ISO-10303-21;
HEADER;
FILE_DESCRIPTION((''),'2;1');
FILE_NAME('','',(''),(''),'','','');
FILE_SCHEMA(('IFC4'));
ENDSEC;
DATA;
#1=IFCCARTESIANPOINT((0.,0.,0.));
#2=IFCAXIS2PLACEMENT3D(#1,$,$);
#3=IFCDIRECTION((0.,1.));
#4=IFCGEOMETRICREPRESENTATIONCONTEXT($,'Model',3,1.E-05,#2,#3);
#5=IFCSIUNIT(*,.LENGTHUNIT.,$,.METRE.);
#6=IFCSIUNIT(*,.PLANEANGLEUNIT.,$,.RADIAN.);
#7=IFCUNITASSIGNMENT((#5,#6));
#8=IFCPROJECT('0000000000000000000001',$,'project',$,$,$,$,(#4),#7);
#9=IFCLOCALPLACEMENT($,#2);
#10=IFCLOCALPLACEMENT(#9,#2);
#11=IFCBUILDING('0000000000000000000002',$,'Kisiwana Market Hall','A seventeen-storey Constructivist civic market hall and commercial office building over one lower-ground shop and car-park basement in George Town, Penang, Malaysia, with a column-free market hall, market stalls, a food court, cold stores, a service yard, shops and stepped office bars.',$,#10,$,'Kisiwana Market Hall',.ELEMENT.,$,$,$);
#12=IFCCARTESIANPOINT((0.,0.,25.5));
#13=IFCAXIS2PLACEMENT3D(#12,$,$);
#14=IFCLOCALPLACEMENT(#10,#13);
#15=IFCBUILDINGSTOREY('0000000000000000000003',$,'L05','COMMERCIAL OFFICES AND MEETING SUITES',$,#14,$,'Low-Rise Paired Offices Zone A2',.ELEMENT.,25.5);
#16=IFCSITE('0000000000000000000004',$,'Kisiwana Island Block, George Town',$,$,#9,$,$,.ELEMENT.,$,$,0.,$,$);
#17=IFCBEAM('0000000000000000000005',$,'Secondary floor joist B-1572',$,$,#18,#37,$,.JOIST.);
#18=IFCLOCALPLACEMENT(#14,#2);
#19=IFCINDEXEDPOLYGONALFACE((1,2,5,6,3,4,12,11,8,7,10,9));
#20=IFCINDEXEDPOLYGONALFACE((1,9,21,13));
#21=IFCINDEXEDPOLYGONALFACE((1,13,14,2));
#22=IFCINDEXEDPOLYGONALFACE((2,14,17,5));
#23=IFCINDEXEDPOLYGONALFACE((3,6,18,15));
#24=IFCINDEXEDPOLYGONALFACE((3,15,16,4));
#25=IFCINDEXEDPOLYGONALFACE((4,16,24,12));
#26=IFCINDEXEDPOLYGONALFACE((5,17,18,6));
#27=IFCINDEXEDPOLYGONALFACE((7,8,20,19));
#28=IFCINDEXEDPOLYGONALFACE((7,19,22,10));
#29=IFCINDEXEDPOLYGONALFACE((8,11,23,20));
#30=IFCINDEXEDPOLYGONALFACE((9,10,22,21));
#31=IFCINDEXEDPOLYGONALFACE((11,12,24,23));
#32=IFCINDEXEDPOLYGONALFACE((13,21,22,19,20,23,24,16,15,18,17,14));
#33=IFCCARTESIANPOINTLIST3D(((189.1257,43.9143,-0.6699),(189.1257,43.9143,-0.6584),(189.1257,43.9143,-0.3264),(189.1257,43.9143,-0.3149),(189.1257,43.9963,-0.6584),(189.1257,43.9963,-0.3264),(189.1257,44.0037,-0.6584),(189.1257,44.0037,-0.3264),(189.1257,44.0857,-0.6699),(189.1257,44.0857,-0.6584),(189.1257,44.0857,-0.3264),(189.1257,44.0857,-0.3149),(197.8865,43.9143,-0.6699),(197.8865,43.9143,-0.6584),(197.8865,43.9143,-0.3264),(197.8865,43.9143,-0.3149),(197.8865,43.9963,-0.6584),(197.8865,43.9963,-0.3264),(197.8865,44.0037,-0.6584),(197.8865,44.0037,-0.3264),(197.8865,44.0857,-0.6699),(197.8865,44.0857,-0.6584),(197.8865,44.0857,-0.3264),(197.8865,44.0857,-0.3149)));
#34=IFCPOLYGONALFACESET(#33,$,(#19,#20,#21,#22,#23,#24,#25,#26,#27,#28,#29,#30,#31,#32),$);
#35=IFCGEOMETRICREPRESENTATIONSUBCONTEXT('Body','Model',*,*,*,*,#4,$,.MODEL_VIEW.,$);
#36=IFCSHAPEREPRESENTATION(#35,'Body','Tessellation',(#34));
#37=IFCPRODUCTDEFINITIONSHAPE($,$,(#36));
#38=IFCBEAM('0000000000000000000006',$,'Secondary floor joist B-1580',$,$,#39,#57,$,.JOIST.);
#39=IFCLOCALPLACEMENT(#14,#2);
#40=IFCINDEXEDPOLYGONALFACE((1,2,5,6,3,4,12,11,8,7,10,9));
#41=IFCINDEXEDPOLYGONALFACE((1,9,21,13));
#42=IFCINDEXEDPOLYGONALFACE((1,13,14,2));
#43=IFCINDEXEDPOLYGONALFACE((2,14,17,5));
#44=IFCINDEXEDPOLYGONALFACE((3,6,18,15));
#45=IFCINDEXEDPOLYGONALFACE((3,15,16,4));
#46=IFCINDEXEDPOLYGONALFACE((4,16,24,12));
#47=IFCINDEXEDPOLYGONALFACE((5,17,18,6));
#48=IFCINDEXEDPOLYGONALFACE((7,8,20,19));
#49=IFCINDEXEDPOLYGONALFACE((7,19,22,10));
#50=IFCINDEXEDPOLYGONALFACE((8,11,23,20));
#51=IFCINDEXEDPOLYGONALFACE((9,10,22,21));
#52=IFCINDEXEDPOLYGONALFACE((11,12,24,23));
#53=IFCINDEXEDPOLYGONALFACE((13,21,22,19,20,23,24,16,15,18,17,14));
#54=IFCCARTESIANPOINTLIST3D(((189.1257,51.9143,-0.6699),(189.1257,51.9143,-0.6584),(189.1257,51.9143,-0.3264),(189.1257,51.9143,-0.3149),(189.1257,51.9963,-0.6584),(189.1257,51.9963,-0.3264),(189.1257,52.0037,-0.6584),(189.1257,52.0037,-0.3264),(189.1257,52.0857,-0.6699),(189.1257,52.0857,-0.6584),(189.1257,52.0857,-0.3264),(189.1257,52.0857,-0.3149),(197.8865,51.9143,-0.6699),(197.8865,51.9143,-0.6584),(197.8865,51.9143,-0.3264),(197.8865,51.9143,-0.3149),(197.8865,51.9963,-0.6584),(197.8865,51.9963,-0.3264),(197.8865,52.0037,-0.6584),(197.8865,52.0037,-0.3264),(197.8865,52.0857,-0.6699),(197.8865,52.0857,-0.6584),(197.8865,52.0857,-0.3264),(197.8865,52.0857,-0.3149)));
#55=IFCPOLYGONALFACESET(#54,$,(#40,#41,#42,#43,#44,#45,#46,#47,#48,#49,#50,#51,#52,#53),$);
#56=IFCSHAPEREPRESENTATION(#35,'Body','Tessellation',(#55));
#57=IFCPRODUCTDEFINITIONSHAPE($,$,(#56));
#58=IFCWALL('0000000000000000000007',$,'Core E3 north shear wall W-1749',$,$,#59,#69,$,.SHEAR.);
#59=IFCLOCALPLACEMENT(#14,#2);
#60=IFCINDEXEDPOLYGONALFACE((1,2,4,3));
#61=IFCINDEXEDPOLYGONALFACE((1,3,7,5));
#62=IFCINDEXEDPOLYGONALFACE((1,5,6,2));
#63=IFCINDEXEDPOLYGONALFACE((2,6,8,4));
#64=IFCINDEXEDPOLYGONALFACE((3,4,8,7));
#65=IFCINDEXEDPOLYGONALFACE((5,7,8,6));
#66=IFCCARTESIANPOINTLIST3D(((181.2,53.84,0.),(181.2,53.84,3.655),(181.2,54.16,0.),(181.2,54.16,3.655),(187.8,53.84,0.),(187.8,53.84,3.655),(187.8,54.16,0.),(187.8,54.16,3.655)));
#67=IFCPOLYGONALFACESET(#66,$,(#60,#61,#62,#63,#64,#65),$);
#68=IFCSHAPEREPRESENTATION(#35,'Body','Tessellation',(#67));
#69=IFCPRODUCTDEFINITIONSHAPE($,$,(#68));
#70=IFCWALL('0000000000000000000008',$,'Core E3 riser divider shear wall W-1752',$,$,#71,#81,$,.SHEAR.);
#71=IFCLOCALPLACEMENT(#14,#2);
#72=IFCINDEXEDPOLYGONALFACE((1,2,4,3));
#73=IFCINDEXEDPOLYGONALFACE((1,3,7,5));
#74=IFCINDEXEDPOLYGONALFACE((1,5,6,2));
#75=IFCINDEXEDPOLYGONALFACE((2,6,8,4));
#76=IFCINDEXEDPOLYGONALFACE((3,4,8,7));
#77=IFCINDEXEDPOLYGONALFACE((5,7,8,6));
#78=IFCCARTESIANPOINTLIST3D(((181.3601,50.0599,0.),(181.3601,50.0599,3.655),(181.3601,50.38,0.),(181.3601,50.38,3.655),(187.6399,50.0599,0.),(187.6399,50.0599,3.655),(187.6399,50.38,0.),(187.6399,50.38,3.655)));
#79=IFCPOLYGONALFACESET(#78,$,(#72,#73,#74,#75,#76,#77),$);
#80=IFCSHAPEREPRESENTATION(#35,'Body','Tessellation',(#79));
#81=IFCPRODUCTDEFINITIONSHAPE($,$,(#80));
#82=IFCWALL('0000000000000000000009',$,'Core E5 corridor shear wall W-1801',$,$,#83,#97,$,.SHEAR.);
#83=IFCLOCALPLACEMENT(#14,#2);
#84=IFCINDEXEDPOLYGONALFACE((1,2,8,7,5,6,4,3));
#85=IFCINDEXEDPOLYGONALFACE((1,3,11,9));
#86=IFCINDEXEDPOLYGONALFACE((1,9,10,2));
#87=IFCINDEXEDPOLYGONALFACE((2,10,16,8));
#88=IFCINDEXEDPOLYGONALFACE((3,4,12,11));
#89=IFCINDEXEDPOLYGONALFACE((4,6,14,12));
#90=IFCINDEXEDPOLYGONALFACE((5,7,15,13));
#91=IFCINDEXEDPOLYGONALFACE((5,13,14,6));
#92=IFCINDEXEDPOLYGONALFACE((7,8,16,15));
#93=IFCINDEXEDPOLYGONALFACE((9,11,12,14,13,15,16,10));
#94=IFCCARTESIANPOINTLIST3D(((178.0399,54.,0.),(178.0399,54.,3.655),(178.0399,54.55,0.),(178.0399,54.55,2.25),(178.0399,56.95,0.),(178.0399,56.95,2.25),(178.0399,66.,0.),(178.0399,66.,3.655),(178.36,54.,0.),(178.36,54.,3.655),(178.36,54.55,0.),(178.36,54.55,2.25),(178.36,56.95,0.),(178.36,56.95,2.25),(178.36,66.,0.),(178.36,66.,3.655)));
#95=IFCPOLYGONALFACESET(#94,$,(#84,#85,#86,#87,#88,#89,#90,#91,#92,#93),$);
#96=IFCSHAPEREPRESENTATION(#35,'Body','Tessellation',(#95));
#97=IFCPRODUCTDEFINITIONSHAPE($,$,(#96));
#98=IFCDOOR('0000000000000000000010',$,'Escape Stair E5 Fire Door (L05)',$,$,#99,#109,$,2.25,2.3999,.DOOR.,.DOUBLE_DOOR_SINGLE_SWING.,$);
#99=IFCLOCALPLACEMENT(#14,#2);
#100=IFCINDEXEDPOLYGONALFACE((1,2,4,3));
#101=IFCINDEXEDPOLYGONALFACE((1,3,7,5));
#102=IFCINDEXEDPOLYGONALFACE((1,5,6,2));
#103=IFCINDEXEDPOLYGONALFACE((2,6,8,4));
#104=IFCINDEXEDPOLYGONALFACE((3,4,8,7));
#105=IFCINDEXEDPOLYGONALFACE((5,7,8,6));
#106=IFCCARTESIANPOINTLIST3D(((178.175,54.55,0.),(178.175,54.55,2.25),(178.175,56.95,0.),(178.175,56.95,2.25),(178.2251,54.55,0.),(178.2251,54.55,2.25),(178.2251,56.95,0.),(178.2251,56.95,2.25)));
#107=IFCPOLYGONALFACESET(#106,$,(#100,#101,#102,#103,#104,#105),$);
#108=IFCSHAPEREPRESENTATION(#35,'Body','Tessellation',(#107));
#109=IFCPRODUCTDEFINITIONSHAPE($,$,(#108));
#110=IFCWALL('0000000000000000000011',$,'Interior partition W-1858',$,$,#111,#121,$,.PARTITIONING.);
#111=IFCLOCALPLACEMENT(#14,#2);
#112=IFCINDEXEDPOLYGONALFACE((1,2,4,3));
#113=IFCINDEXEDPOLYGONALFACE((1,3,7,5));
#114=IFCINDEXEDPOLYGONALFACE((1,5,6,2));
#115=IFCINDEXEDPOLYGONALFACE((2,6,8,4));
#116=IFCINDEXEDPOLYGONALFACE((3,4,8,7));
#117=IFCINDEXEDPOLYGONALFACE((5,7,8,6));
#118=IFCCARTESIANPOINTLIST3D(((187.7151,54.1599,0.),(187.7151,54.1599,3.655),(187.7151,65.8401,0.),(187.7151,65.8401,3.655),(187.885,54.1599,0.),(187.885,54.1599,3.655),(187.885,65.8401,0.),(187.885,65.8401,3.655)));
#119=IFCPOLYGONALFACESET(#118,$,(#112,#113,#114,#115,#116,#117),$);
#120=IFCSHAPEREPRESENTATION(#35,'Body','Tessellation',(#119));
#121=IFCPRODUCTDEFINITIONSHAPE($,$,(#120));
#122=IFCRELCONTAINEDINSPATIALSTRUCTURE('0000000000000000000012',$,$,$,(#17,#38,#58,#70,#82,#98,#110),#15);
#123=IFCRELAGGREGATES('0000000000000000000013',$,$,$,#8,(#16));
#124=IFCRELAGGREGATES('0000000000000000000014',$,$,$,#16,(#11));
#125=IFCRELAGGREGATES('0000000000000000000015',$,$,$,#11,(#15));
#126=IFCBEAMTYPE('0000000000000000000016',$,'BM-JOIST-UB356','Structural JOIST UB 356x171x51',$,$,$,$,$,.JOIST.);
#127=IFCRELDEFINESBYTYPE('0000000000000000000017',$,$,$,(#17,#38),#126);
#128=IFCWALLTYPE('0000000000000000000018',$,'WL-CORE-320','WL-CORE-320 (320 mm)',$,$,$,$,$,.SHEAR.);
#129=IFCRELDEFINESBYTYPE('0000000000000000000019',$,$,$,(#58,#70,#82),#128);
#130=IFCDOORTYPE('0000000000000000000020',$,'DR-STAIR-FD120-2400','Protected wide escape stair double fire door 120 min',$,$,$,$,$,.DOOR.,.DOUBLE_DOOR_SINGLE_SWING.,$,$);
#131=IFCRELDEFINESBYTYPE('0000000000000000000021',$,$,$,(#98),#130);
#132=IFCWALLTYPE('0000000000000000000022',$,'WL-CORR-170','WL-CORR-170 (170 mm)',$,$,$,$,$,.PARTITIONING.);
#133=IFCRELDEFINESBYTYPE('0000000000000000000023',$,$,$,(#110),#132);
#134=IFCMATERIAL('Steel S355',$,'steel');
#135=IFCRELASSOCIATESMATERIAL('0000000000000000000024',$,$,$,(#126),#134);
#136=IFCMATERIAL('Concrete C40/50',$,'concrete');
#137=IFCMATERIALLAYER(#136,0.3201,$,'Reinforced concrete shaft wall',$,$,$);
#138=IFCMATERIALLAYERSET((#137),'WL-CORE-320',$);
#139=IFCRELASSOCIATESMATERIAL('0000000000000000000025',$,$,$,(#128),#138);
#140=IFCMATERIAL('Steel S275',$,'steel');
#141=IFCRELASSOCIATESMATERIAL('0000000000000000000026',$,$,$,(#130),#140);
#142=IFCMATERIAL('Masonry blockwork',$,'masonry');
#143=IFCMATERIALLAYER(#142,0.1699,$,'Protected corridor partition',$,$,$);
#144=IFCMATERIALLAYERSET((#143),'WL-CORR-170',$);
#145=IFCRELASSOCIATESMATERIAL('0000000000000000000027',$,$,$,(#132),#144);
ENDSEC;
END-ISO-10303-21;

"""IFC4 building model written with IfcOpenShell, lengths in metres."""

from ifc_helpers import new_model, si_unit, direction, frame, frame_2d, origin, origin_2d, place, context, subcontext, project, spatial, rectangle, i_section, extrude, material, layer, layer_set, material_profile, profile_set, type_object, element, fill, save


model = new_model("IFC4")

# Units and contexts
model_context = context("Model", 3, precision=1e-05, world=origin(), true_north=direction((0.0, 1.0)))
body_context = subcontext(model_context, "Body", "Model", "MODEL_VIEW")
ifc_project = project(units=[si_unit("LENGTHUNIT", "METRE"), si_unit("PLANEANGLEUNIT", "RADIAN")], contexts=[model_context])

# Site, building, storey
site_placement = place(None, origin())
site = spatial("IfcSite", under=ifc_project, at=site_placement, Name="Kisiwana Island Block, George Town", CompositionType="ELEMENT", RefElevation=0.0)
building_placement = place(site_placement, origin())
building = spatial("IfcBuilding", under=site, at=building_placement, Name="Kisiwana Market Hall", Description="A seventeen-storey Constructivist civic market hall and commercial office building over one lower-ground shop and car-park basement in George Town, Penang, Malaysia, with a column-free market hall, market stalls, a food court, cold stores, a service yard, shops and stepped office bars.", LongName="Kisiwana Market Hall", CompositionType="ELEMENT")
storey_placement = place(building_placement, frame((0.0, 0.0, 25.5)))
storey = spatial("IfcBuildingStorey", under=building, at=storey_placement, Name="L05", Description="COMMERCIAL OFFICES AND MEETING SUITES", LongName="Low-Rise Paired Offices Zone A2", CompositionType="ELEMENT", Elevation=25.5)

# Beams
ifc_material_1 = material(Name="Steel S355", Category="steel")
ifc_material_profile = material_profile(ifc_material_1, i_section(OverallWidth=0.1714, OverallDepth=0.355, WebThickness=0.0073, FlangeThickness=0.0115, at=origin_2d()), Name="UB 356x171x51")
ifc_profile_set = profile_set([ifc_material_profile], Name="Steel S355")
beam_type = type_object("IfcBeamType", Name="BM-JOIST-UB356", Description="Structural JOIST UB 356x171x51", PredefinedType="JOIST", material=ifc_profile_set)
for number, where, z_axis, x_axis, name in (
    (1, (189.1257, 44.0, -0.4924), (1.0, 0.0, 0.0), (0.0, 1.0, 0.0), "Secondary floor joist B-1572"),
    (2, (189.1257, 52.0, -0.4924), (1.0, 0.0, 0.0), (0.0, 1.0, 0.0), "Secondary floor joist B-1580"),
):
    element("IfcBeam", number, at=place(storey_placement, frame(where, z_axis=z_axis, x_axis=x_axis)), inside=storey, type_object=beam_type, Name=name, PredefinedType="JOIST", context=body_context, shape_type="SweptSolid", body=[
        extrude(i_section(OverallWidth=0.1714, OverallDepth=0.355, WebThickness=0.0073, FlangeThickness=0.0115, at=origin_2d()), origin(), (0.0, 0.0, 1.0), 8.7607),
    ])

# Walls
ifc_material_2 = material(Name="Concrete C40/50", Category="concrete")
ifc_layer_1 = layer(ifc_material_2, 0.3201, Name="Reinforced concrete shaft wall")
ifc_layer_set_1 = layer_set([ifc_layer_1], Name="WL-CORE-320")
wall_type_1 = type_object("IfcWallType", Name="WL-CORE-320", Description="WL-CORE-320 (320 mm)", PredefinedType="SHEAR", material=ifc_layer_set_1)
wall_1_placement = place(storey_placement, frame((181.2, 54.0, 0.0), z_axis=(0.0, 0.0, 1.0), x_axis=(1.0, 0.0, 0.0)))
element("IfcWall", 3, at=wall_1_placement, inside=storey, type_object=wall_type_1, Name="Core E3 north shear wall W-1749", PredefinedType="SHEAR", context=body_context, shape_type="SweptSolid", body=[
    extrude(rectangle(XDim=6.6001, YDim=0.3201, at=frame_2d((3.3, 0.0))), origin(), (0.0, 0.0, 1.0), 3.655),
])
wall_2_placement = place(storey_placement, frame((181.3601, 50.22, 0.0), z_axis=(0.0, 0.0, 1.0), x_axis=(1.0, 0.0, 0.0)))
element("IfcWall", 4, at=wall_2_placement, inside=storey, type_object=wall_type_1, Name="Core E3 riser divider shear wall W-1752", PredefinedType="SHEAR", context=body_context, shape_type="SweptSolid", body=[
    extrude(rectangle(XDim=6.2798, YDim=0.3201, at=frame_2d((3.1399, 0.0))), origin(), (0.0, 0.0, 1.0), 3.655),
])

# Wall, opening, door
wall_3_placement = place(storey_placement, frame((178.2, 54.0, 0.0), z_axis=(0.0, 0.0, 1.0), x_axis=(0.0, 1.0, 0.0)))
wall_3 = element("IfcWall", 5, at=wall_3_placement, inside=storey, type_object=wall_type_1, Name="Core E5 corridor shear wall W-1801", PredefinedType="SHEAR", context=body_context, shape_type="SweptSolid", body=[
    extrude(rectangle(XDim=12.0, YDim=0.3201, at=frame_2d((6.0, 0.0))), origin(), (0.0, 0.0, 1.0), 3.655),
])
opening_1_placement = place(wall_3_placement, frame((0.55, 0.0, 0.0)))
opening_1 = element("IfcOpeningElement", 6, at=opening_1_placement, cuts=wall_3, PredefinedType="OPENING", context=body_context, shape_type="SweptSolid", body=[
    extrude(rectangle(XDim=2.3999, YDim=2.25, at=frame_2d((1.2, 1.125))), frame((0.0, 0.1719, 0.0), z_axis=(0.0, -1.0, 0.0), x_axis=(1.0, 0.0, 0.0)), (0.0, 0.0, 1.0), 0.344),
])
ifc_material_3 = material(Name="Steel S275", Category="steel")
door_type_1 = type_object("IfcDoorType", Name="DR-STAIR-FD120-2400", Description="Protected wide escape stair double fire door 120 min", OperationType="DOUBLE_DOOR_SINGLE_SWING", PredefinedType="DOOR", material=ifc_material_3)
door_1_placement = place(opening_1_placement, origin())
door_1 = element("IfcDoor", 7, at=door_1_placement, inside=storey, type_object=door_type_1, Name="Escape Stair E5 Fire Door (L05)", OperationType="DOUBLE_DOOR_SINGLE_SWING", OverallHeight=2.25, OverallWidth=2.3999, PredefinedType="DOOR", context=body_context, shape_type="SweptSolid", body=[
    extrude(rectangle(XDim=2.3999, YDim=2.25, at=frame_2d((1.2, 1.125))), frame((0.0, 0.0249, 0.0), z_axis=(0.0, -1.0, 0.0), x_axis=(1.0, 0.0, 0.0)), (0.0, 0.0, 1.0), 0.05),
])
fill(opening_1, door_1)

# Wall
ifc_material_4 = material(Name="Masonry blockwork", Category="masonry")
ifc_layer_2 = layer(ifc_material_4, 0.1699, Name="Protected corridor partition")
ifc_layer_set_2 = layer_set([ifc_layer_2], Name="WL-CORR-170")
wall_type_2 = type_object("IfcWallType", Name="WL-CORR-170", Description="WL-CORR-170 (170 mm)", PredefinedType="PARTITIONING", material=ifc_layer_set_2)
wall_4_placement = place(storey_placement, frame((187.8, 54.1599, 0.0), z_axis=(0.0, 0.0, 1.0), x_axis=(0.0, 1.0, 0.0)))
element("IfcWall", 8, at=wall_4_placement, inside=storey, type_object=wall_type_2, Name="Interior partition W-1858", PredefinedType="PARTITIONING", context=body_context, shape_type="SweptSolid", body=[
    extrude(rectangle(XDim=11.6802, YDim=0.1699, at=frame_2d((5.8401, 0.0))), origin(), (0.0, 0.0, 1.0), 3.655),
])

save(model, "model.ifc")
